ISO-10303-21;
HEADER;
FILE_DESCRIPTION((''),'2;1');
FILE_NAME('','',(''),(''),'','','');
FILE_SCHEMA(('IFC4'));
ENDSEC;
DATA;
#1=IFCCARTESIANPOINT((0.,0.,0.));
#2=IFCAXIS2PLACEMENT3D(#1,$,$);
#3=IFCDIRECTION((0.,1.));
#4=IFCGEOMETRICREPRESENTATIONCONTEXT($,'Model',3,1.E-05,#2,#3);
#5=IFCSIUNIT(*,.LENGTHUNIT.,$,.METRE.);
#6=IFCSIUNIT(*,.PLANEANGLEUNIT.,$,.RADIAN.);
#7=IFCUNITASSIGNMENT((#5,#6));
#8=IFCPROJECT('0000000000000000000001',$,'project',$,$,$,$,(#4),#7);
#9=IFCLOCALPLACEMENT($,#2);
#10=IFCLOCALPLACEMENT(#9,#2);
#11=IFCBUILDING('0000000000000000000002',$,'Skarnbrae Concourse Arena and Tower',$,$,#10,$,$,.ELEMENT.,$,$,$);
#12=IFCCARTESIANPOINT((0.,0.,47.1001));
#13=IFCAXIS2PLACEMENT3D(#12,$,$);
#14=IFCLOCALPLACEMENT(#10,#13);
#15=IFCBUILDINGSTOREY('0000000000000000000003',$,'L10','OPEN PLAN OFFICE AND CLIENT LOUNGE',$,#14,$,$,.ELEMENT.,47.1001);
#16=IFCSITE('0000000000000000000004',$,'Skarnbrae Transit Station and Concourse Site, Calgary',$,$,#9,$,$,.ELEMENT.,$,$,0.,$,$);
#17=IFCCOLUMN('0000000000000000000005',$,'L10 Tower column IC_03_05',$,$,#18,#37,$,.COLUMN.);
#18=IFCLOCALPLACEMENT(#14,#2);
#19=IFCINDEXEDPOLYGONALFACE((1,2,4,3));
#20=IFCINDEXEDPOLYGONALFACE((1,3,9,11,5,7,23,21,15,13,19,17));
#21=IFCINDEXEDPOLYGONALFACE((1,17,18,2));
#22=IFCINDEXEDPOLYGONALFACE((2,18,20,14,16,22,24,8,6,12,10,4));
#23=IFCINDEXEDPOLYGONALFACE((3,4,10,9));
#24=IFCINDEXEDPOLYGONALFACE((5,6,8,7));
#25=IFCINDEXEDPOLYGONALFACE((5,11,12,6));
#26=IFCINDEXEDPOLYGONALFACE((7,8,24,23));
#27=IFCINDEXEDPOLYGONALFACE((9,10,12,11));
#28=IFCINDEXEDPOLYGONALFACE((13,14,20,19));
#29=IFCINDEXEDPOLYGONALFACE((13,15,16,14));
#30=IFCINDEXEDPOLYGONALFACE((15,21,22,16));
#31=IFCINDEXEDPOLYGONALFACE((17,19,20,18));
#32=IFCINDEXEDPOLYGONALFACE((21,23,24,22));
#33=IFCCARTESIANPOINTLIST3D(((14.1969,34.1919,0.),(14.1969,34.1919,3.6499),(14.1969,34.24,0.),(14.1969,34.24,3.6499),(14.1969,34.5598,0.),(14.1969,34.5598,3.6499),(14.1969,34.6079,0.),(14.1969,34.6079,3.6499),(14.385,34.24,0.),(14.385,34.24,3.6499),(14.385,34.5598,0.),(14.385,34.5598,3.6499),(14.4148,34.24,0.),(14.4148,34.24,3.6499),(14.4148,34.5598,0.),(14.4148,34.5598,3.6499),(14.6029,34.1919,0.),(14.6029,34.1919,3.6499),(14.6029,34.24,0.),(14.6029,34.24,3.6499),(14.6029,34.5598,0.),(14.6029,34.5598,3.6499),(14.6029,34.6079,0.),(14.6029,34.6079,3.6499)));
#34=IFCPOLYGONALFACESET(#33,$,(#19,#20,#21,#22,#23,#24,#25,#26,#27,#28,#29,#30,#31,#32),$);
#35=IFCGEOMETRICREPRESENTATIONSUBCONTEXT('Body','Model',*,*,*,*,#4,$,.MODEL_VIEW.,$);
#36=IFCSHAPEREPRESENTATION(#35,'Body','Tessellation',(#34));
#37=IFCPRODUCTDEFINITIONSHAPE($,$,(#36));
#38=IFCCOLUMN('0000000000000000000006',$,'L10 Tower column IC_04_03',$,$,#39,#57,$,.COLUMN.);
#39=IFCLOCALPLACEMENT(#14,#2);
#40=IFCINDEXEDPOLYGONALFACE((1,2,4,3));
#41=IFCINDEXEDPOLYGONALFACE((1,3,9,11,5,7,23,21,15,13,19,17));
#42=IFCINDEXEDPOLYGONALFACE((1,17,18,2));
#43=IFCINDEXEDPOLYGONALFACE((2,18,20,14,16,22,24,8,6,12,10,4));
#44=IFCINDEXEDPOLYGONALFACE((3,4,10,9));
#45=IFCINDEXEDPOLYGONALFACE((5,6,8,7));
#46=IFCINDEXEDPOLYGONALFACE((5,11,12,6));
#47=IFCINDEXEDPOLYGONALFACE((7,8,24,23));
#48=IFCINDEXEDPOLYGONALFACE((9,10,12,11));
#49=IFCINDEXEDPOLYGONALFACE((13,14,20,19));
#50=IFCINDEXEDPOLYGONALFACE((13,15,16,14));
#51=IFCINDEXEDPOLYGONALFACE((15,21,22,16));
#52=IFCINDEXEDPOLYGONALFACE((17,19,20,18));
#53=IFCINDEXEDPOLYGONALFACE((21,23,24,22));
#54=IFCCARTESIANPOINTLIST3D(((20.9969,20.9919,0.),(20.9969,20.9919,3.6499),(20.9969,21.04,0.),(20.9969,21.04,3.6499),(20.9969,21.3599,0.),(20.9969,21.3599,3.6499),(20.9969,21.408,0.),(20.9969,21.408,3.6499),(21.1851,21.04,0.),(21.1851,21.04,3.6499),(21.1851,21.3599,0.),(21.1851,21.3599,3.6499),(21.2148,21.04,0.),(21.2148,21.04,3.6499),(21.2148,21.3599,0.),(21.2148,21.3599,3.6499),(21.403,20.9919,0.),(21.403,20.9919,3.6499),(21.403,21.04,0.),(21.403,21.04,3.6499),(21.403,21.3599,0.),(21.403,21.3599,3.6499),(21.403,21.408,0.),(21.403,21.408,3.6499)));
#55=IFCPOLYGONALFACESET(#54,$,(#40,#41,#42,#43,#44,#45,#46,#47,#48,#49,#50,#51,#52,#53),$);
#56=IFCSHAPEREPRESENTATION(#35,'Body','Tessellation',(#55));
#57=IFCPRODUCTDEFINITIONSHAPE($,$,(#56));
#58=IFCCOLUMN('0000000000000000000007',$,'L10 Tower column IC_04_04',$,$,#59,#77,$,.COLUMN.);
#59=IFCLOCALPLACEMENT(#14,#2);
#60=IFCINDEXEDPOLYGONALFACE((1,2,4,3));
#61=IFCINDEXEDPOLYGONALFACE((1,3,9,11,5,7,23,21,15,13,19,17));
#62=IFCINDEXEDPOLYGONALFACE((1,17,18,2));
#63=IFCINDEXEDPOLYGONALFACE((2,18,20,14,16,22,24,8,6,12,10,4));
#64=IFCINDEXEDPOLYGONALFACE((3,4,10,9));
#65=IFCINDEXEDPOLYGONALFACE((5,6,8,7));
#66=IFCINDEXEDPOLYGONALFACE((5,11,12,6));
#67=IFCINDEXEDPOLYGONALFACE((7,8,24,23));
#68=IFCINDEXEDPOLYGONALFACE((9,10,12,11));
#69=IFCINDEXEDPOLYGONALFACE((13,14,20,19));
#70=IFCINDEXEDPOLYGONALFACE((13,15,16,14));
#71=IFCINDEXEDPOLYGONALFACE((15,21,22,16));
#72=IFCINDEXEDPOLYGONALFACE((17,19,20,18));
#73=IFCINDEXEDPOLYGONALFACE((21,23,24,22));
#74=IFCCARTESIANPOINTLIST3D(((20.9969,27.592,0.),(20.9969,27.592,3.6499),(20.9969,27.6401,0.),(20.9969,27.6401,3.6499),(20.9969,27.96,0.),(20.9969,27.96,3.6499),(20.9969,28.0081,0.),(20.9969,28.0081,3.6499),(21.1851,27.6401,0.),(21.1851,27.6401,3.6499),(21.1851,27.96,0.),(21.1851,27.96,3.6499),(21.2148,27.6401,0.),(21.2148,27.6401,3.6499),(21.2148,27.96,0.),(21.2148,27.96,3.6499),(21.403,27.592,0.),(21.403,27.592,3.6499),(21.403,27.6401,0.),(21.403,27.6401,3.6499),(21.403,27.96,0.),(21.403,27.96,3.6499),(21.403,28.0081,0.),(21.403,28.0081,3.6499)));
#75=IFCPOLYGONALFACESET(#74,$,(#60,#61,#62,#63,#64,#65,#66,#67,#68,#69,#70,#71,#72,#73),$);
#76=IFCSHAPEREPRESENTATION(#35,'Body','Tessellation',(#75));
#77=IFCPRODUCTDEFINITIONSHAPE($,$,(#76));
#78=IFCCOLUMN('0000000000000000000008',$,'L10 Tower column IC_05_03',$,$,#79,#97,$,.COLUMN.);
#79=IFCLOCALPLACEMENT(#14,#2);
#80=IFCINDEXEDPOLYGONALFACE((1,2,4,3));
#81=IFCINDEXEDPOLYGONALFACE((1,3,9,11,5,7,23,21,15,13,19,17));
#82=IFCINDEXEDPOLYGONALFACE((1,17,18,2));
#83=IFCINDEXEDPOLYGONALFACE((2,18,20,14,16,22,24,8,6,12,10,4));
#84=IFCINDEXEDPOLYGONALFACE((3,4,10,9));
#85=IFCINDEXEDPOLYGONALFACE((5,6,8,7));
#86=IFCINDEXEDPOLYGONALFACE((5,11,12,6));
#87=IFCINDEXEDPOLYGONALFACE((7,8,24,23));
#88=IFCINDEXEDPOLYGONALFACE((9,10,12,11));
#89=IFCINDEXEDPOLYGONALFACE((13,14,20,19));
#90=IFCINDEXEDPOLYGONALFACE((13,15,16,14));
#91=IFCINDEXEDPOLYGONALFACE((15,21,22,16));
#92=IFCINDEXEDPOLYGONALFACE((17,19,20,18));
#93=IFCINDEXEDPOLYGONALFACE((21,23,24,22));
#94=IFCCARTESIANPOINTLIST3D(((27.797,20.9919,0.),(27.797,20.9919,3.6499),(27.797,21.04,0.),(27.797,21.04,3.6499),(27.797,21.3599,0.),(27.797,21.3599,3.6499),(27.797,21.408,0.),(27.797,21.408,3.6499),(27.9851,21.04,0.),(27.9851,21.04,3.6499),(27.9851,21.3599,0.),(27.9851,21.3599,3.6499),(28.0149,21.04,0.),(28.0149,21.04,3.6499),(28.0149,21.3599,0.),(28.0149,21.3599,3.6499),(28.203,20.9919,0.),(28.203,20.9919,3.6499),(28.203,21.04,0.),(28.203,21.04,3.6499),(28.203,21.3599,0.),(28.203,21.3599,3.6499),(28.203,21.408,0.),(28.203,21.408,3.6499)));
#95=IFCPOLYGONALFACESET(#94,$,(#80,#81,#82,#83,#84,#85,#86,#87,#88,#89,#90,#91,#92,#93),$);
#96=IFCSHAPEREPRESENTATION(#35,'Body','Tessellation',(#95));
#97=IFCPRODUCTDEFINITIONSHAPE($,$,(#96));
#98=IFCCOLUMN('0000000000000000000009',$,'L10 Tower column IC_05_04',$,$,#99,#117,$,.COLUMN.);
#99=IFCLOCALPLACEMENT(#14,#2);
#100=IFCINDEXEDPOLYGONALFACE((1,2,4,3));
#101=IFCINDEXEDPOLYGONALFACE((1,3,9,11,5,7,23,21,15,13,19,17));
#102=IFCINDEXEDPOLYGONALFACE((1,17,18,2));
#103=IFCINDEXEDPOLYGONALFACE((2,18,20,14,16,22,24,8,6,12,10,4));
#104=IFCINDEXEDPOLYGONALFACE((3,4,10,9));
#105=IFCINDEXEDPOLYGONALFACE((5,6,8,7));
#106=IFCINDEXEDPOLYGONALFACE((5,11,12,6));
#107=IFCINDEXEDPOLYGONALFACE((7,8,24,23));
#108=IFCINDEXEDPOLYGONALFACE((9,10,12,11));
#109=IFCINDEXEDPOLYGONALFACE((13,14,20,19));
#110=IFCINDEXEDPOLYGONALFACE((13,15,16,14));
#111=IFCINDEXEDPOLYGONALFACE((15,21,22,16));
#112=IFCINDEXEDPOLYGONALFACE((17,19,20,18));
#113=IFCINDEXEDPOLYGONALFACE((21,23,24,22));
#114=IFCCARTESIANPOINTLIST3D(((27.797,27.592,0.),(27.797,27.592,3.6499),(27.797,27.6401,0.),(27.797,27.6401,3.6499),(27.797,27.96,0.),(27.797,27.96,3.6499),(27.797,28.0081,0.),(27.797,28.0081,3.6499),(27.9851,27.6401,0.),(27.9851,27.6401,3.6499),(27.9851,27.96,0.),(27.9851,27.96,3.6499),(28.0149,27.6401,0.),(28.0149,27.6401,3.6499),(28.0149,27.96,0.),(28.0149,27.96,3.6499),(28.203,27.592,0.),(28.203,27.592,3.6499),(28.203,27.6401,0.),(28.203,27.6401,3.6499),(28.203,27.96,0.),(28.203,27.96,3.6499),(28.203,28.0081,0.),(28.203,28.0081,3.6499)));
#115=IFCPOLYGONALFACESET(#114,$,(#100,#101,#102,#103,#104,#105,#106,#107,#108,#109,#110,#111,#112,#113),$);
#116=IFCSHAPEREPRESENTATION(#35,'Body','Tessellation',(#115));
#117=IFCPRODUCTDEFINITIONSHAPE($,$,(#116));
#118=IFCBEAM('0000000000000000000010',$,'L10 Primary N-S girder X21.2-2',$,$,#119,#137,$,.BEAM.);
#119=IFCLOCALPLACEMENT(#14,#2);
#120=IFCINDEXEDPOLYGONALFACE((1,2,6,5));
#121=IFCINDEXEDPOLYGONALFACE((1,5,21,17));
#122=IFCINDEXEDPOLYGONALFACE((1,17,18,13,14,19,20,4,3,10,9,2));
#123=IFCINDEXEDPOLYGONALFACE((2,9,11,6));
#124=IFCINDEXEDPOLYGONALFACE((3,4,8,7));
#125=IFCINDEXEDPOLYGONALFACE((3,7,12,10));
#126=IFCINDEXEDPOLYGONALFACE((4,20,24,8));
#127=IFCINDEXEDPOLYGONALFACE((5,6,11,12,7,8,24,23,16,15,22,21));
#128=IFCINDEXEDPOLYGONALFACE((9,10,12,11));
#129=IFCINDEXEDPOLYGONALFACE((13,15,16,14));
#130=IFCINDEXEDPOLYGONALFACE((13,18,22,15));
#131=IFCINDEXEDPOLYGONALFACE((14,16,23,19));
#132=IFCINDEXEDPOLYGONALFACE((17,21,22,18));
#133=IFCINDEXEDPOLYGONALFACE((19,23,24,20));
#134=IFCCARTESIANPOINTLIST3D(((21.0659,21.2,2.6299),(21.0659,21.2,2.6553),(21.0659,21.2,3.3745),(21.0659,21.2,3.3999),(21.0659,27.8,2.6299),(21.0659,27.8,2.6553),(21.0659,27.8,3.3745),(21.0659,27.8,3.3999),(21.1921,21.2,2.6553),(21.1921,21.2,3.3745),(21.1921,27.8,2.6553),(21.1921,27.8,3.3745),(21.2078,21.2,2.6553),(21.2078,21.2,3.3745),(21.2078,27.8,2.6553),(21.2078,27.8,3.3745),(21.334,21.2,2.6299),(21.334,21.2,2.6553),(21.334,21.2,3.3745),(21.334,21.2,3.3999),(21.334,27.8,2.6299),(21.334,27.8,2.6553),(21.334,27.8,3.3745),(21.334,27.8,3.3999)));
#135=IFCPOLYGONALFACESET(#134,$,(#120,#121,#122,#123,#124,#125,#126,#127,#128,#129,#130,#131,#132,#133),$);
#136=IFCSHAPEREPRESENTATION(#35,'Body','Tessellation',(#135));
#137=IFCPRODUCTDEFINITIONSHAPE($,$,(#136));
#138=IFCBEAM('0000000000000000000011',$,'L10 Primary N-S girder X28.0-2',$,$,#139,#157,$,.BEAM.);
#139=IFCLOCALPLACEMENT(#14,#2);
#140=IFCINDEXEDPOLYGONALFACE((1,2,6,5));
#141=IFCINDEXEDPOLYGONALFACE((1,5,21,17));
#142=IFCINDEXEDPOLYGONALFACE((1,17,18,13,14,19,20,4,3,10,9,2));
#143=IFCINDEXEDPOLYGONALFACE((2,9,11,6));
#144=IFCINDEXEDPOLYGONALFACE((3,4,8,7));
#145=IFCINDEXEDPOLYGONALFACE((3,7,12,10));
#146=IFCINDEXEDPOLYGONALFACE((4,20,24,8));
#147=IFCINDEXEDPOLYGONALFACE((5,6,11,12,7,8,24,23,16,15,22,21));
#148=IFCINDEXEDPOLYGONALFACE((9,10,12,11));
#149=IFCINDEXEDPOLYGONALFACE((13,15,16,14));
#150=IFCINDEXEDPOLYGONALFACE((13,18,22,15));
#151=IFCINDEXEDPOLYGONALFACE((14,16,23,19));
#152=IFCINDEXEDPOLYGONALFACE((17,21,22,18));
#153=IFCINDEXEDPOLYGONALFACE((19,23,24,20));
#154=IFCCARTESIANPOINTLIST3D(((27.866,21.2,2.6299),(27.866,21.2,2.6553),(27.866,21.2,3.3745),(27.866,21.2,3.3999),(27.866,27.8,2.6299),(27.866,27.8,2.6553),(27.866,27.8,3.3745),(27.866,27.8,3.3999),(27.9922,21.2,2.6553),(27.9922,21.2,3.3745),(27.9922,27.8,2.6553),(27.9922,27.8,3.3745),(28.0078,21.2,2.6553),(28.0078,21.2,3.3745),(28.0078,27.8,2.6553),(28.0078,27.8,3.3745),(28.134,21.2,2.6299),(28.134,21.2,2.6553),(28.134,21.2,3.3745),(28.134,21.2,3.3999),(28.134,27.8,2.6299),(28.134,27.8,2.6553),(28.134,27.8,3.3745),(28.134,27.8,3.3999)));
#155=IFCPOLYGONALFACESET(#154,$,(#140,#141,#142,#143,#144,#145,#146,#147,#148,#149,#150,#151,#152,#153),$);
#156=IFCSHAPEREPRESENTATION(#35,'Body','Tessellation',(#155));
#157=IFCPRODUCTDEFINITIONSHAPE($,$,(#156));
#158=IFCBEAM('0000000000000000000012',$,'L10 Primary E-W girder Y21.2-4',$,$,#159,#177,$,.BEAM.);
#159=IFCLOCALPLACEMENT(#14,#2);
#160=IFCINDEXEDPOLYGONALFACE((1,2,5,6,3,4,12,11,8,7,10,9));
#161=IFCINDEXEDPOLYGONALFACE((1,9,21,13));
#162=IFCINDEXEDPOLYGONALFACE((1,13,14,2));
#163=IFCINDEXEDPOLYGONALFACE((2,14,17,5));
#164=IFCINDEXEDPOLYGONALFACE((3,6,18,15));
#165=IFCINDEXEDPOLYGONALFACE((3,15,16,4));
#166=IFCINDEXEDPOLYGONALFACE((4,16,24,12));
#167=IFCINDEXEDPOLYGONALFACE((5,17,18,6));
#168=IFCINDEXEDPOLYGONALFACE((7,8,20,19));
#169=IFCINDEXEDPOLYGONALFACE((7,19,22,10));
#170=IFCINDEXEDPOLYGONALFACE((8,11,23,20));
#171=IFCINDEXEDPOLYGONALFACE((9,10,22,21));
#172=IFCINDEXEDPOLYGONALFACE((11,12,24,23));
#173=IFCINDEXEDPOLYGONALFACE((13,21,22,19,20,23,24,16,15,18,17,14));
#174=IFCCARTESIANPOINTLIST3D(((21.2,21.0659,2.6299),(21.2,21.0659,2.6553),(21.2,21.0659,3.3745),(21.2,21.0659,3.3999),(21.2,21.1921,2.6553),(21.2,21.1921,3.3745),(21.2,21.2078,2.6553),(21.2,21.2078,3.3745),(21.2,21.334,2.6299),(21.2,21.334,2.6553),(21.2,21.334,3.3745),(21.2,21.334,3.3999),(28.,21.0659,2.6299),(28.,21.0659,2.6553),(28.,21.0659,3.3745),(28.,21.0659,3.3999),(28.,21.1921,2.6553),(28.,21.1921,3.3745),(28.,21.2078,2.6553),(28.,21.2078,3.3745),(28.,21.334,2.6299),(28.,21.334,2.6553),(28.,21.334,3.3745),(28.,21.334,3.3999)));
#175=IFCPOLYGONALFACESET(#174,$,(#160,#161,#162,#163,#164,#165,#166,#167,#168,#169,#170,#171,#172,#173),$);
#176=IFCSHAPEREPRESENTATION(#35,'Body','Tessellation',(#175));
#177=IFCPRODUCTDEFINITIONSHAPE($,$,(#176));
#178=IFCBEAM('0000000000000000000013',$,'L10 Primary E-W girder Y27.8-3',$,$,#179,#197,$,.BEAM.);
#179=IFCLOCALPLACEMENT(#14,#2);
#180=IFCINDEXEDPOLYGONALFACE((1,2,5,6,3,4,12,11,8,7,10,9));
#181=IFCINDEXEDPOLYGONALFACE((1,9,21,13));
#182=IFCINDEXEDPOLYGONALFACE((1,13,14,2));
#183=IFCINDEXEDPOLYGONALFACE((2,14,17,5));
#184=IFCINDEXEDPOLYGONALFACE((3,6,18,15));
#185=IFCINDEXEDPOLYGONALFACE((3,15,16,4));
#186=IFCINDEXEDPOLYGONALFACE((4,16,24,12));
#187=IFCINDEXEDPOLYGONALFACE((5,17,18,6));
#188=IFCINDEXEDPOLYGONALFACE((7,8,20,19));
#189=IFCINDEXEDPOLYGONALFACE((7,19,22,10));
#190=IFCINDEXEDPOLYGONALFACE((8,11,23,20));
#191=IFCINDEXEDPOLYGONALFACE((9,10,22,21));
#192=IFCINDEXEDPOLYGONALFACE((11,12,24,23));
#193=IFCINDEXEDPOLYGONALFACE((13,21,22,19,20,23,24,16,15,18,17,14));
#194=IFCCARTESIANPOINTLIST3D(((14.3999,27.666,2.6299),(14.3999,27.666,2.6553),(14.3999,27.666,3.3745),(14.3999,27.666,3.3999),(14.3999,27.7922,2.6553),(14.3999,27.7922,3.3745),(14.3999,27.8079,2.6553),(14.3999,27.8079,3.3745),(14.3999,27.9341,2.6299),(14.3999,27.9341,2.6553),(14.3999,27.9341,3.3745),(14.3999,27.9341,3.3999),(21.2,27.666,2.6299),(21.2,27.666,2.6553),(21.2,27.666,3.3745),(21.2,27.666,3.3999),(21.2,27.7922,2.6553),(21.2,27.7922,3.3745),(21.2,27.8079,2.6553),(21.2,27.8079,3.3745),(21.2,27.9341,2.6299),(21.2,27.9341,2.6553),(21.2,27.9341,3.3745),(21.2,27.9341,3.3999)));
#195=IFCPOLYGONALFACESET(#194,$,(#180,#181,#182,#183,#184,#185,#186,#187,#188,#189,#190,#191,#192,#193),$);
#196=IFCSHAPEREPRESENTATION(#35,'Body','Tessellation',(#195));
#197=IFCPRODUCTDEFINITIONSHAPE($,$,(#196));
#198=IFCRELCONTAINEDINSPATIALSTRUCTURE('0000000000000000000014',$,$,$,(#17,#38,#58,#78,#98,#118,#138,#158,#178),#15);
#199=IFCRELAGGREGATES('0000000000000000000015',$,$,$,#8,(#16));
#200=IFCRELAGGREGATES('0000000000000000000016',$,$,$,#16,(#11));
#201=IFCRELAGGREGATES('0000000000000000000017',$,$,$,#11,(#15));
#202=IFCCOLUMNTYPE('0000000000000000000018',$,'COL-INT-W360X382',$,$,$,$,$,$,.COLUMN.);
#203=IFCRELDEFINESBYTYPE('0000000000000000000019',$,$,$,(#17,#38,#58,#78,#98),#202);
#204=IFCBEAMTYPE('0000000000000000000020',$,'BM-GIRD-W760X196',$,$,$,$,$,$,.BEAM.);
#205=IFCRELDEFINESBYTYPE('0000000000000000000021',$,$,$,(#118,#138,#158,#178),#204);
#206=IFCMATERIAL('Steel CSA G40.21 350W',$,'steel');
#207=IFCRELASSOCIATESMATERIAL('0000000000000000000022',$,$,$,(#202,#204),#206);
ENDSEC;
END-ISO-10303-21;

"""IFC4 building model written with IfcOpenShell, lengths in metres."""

from ifc_helpers import new_model, si_unit, direction, frame, origin, origin_2d, place, context, subcontext, project, spatial, i_section, extrude, source, transform, mapped, material, material_profile, profile_set, type_object, element, save


model = new_model("IFC4")

# Units and contexts
model_context = context("Model", 3, precision=1e-05, world=origin(), true_north=direction((0.0, 1.0)))
body_context = subcontext(model_context, "Body", "Model", "MODEL_VIEW")
ifc_project = project(units=[si_unit("LENGTHUNIT", "METRE"), si_unit("PLANEANGLEUNIT", "RADIAN")], contexts=[model_context])

# Site, building, storey
site_placement = place(None, origin())
site = spatial("IfcSite", under=ifc_project, at=site_placement, Name="Skarnbrae Transit Station and Concourse Site, Calgary", CompositionType="ELEMENT", RefElevation=0.0)
building_placement = place(site_placement, origin())
building = spatial("IfcBuilding", under=site, at=building_placement, Name="Skarnbrae Concourse Arena and Tower", CompositionType="ELEMENT")
storey_placement = place(building_placement, frame((0.0, 0.0, 47.1001)))
storey = spatial("IfcBuildingStorey", under=building, at=storey_placement, Name="L10", Description="OPEN PLAN OFFICE AND CLIENT LOUNGE", CompositionType="ELEMENT", Elevation=47.1001)

# Columns
ifc_material_1 = material(Name="Steel CSA G40.21 350W", Category="steel")
ifc_material_profile_1 = material_profile(ifc_material_1, i_section(OverallWidth=0.406, OverallDepth=0.416, WebThickness=0.0298, FlangeThickness=0.0481, at=origin_2d()), Name="W360X382")
ifc_profile_set_1 = profile_set([ifc_material_profile_1], Name="Steel CSA G40.21 350W")
column_type = type_object("IfcColumnType", Name="COL-INT-W360X382", PredefinedType="COLUMN", material=ifc_profile_set_1)
shared_shape_1 = source(origin(), body_context, "Body", "SweptSolid", [
    extrude(i_section(OverallWidth=0.406, OverallDepth=0.416, WebThickness=0.0298, FlangeThickness=0.0481, at=origin_2d()), origin(), (0.0, 0.0, 1.0), 3.6499),
])
for number, where, z_axis, x_axis, name in (
    (1, (14.3999, 34.3999, 0.0), (0.0, 0.0, 1.0), (1.0, 0.0, 0.0), "L10 Tower column IC_03_05"),
    (2, (21.2, 21.2, 0.0), (0.0, 0.0, 1.0), (1.0, 0.0, 0.0), "L10 Tower column IC_04_03"),
    (3, (21.2, 27.8, 0.0), (0.0, 0.0, 1.0), (1.0, 0.0, 0.0), "L10 Tower column IC_04_04"),
    (4, (28.0, 21.2, 0.0), (0.0, 0.0, 1.0), (1.0, 0.0, 0.0), "L10 Tower column IC_05_03"),
    (5, (28.0, 27.8, 0.0), (0.0, 0.0, 1.0), (1.0, 0.0, 0.0), "L10 Tower column IC_05_04"),
):
    element("IfcColumn", number, at=place(storey_placement, frame(where, z_axis=z_axis, x_axis=x_axis)), inside=storey, type_object=column_type, Name=name, PredefinedType="COLUMN", context=body_context, shape_type="MappedRepresentation", body=[
        mapped(shared_shape_1, transform((0.0, 0.0, 0.0))),
    ])

# Beams
ifc_material_profile_2 = material_profile(ifc_material_1, i_section(OverallWidth=0.2681, OverallDepth=0.77, WebThickness=0.0156, FlangeThickness=0.0254, at=origin_2d()), Name="W760X196")
ifc_profile_set_2 = profile_set([ifc_material_profile_2], Name="Steel CSA G40.21 350W")
beam_type_1 = type_object("IfcBeamType", Name="BM-GIRD-W760X196", PredefinedType="BEAM", material=ifc_profile_set_2)
shared_shape_2 = source(origin(), body_context, "Body", "SweptSolid", [
    extrude(i_section(OverallWidth=0.2681, OverallDepth=0.77, WebThickness=0.0156, FlangeThickness=0.0254, at=origin_2d()), origin(), (0.0, 0.0, 1.0), 6.6001),
])
for number, where, z_axis, x_axis, name in (
    (6, (21.2, 21.2, 3.0149), (0.0, 1.0, 0.0), (-1.0, 0.0, 0.0), "L10 Primary N-S girder X21.2-2"),
    (7, (28.0, 21.2, 3.0149), (0.0, 1.0, 0.0), (-1.0, 0.0, 0.0), "L10 Primary N-S girder X28.0-2"),
):
    element("IfcBeam", number, at=place(storey_placement, frame(where, z_axis=z_axis, x_axis=x_axis)), inside=storey, type_object=beam_type_1, Name=name, PredefinedType="BEAM", context=body_context, shape_type="MappedRepresentation", body=[
        mapped(shared_shape_2, transform((0.0, 0.0, 0.0))),
    ])
shared_shape_3 = source(origin(), body_context, "Body", "SweptSolid", [
    extrude(i_section(OverallWidth=0.2681, OverallDepth=0.77, WebThickness=0.0156, FlangeThickness=0.0254, at=origin_2d()), origin(), (0.0, 0.0, 1.0), 6.8),
])
for number, where, z_axis, x_axis, name in (
    (8, (21.2, 21.2, 3.0149), (1.0, 0.0, 0.0), (0.0, 1.0, 0.0), "L10 Primary E-W girder Y21.2-4"),
    (9, (14.3999, 27.8, 3.0149), (1.0, 0.0, 0.0), (0.0, 1.0, 0.0), "L10 Primary E-W girder Y27.8-3"),
):
    element("IfcBeam", number, at=place(storey_placement, frame(where, z_axis=z_axis, x_axis=x_axis)), inside=storey, type_object=beam_type_1, Name=name, PredefinedType="BEAM", context=body_context, shape_type="MappedRepresentation", body=[
        mapped(shared_shape_3, transform((0.0, 0.0, 0.0))),
    ])

save(model, "model.ifc")
